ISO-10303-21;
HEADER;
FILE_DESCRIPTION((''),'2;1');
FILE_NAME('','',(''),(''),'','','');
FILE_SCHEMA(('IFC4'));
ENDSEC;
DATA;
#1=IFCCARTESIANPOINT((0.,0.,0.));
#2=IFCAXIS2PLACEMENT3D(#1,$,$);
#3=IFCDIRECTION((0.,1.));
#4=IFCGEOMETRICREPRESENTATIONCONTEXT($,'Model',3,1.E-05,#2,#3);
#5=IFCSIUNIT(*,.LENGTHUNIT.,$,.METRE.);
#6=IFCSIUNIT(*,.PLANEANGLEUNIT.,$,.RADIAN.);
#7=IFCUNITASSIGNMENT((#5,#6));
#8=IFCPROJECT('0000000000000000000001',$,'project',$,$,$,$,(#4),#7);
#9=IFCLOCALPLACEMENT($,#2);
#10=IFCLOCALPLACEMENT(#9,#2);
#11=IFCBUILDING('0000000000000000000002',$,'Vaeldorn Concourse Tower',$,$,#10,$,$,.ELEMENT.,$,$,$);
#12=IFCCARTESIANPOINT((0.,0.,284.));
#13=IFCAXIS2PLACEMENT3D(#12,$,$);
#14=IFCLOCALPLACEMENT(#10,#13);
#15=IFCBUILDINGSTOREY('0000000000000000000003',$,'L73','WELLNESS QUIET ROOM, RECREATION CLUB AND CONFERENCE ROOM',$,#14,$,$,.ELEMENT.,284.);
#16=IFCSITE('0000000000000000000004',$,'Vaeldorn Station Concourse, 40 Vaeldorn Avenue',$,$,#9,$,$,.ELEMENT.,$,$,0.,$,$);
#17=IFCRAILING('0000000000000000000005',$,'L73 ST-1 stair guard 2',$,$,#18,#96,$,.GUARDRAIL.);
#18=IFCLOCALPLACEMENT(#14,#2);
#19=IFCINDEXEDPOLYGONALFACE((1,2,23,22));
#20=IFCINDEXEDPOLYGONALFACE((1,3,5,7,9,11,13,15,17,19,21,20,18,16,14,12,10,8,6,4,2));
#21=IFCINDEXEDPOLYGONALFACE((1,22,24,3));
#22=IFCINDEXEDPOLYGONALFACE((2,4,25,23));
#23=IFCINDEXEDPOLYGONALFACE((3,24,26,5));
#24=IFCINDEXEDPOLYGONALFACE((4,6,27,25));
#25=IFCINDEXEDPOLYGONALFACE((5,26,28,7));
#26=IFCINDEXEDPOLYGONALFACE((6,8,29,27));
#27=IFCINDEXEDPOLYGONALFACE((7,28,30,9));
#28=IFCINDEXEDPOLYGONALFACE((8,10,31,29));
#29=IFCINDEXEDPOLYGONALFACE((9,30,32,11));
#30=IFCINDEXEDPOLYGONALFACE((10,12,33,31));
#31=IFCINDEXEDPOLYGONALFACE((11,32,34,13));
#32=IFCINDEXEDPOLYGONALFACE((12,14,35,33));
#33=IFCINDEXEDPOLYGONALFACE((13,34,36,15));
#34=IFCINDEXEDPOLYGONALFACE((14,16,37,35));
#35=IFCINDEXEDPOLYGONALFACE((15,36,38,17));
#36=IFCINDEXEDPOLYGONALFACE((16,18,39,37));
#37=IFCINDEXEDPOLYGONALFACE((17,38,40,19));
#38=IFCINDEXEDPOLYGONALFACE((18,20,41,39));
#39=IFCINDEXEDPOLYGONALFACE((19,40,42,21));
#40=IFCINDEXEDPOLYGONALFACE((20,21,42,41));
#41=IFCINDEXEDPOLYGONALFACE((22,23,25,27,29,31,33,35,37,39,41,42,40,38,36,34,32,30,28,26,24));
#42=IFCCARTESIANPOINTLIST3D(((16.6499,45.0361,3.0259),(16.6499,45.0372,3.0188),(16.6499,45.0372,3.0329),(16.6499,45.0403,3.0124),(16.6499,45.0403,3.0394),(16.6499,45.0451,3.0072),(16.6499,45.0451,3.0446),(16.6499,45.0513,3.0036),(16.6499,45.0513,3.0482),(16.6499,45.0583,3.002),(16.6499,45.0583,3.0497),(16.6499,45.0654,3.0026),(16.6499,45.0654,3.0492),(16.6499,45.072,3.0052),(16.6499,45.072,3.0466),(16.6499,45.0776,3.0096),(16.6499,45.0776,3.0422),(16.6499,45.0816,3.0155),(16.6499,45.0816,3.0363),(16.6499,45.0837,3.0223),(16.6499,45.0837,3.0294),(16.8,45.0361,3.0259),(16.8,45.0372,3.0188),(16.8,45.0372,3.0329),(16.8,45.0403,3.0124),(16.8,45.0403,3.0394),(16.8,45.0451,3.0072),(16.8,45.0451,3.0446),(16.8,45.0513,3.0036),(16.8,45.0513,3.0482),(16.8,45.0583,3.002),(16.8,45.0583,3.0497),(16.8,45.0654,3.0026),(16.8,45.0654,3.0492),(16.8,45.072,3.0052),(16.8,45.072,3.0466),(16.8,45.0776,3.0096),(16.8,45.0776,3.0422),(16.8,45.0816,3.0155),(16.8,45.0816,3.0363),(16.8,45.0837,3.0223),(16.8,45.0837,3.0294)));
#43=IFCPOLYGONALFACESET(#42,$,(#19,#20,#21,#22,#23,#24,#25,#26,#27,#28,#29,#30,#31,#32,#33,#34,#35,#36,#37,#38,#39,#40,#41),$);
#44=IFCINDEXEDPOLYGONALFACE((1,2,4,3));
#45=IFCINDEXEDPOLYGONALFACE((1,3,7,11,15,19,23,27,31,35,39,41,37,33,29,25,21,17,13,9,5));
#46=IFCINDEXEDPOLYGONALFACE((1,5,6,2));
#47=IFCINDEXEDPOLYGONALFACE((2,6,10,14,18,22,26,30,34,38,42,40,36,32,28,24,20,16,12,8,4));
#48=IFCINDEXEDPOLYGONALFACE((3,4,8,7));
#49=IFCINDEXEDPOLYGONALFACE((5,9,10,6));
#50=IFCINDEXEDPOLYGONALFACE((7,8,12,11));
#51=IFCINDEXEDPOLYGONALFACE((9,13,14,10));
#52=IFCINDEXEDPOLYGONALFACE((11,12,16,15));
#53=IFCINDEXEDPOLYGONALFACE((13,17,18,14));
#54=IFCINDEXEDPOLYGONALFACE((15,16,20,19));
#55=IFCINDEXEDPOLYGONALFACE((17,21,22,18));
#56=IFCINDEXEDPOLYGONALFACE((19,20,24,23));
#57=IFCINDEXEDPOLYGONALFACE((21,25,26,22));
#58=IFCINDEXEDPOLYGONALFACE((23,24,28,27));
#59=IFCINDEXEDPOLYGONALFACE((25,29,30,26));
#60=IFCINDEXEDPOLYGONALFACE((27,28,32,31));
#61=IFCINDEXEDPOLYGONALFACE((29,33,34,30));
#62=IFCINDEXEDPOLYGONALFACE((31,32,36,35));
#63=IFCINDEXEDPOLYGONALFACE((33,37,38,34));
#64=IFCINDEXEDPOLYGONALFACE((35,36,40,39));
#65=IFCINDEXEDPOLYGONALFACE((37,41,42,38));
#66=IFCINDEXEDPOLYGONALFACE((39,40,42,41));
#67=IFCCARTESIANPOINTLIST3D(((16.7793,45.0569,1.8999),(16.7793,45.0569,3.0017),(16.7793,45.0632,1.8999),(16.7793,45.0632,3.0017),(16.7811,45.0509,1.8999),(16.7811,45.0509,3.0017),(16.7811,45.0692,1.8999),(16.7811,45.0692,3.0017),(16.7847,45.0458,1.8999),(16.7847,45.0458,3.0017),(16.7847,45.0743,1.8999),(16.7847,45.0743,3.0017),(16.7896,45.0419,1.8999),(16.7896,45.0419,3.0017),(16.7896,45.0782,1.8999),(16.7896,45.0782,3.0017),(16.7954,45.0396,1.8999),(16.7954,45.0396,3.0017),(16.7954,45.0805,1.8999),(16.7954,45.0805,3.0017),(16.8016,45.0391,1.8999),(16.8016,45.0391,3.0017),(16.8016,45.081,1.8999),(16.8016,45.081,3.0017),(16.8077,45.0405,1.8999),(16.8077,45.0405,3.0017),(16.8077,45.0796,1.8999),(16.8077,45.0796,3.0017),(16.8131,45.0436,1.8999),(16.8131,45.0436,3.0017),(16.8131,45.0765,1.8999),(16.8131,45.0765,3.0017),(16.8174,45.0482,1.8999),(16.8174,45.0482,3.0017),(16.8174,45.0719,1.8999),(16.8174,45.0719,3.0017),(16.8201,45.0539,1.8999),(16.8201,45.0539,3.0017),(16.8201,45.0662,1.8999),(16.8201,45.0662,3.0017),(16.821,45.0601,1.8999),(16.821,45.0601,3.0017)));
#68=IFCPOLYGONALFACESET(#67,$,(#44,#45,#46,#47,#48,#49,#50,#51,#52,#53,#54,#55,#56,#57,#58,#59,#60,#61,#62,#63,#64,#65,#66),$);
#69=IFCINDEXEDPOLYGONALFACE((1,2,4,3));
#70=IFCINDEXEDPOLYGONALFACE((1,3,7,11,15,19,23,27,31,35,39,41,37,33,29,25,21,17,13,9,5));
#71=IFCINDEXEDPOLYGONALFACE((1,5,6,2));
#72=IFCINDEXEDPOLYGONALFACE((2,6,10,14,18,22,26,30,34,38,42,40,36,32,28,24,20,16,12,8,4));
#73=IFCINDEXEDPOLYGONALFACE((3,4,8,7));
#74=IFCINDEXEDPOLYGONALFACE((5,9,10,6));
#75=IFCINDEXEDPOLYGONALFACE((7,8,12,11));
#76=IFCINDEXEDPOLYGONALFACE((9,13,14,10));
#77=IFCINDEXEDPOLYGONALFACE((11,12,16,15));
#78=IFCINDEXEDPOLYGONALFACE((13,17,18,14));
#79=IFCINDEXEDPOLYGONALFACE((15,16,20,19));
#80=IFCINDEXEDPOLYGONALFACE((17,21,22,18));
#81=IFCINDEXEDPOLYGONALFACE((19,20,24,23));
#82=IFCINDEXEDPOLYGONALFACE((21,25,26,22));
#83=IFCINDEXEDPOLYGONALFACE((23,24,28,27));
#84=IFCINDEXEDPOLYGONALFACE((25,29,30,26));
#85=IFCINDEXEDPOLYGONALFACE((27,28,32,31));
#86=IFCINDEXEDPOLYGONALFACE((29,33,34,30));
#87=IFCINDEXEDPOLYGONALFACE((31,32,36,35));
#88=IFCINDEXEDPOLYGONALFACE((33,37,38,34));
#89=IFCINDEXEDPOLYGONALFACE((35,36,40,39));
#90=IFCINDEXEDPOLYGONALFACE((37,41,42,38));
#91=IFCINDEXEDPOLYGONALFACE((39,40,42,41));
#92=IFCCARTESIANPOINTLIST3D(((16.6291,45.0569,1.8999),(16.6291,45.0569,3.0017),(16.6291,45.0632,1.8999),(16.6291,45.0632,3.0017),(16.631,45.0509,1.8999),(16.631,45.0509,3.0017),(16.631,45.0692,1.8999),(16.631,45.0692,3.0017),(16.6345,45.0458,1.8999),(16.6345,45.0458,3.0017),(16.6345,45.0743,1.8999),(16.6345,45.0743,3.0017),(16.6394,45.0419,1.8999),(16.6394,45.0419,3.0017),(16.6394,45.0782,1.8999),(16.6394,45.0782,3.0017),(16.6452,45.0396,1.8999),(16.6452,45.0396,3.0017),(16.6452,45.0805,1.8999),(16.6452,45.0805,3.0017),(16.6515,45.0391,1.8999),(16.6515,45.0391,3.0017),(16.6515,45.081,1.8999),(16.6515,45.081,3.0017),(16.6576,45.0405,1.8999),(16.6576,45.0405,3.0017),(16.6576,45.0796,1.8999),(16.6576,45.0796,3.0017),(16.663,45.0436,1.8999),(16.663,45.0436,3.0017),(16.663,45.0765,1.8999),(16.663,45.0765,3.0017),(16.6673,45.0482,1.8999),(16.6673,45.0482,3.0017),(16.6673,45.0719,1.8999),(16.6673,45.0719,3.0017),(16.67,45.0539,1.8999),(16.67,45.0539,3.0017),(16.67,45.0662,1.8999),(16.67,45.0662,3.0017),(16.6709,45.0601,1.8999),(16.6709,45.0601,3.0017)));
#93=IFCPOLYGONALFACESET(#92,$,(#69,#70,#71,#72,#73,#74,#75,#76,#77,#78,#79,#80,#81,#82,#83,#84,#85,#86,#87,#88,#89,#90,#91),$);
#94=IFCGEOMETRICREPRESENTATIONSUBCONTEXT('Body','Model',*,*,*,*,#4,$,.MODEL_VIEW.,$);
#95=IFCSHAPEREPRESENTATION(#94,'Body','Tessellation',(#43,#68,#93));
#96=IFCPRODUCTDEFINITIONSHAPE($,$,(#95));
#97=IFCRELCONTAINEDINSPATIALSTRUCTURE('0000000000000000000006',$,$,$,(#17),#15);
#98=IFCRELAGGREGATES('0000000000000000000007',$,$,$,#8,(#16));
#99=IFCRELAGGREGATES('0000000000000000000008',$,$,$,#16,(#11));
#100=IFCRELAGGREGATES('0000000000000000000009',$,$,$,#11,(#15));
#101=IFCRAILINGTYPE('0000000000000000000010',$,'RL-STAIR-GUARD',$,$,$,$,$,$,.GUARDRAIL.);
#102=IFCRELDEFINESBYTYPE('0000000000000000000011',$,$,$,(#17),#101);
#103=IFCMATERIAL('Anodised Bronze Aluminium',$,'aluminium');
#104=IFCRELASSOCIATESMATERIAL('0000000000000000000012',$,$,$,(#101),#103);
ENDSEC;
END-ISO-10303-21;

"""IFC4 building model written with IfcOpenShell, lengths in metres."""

from ifc_helpers import new_model, si_unit, direction, frame, origin, origin_2d, place, context, subcontext, project, spatial, circle, extrude, material, type_object, element, save


model = new_model("IFC4")

# Units and contexts
model_context = context("Model", 3, precision=1e-05, world=origin(), true_north=direction((0.0, 1.0)))
body_context = subcontext(model_context, "Body", "Model", "MODEL_VIEW")
ifc_project = project(units=[si_unit("LENGTHUNIT", "METRE"), si_unit("PLANEANGLEUNIT", "RADIAN")], contexts=[model_context])

# Site, building, storey
site_placement = place(None, origin())
site = spatial("IfcSite", under=ifc_project, at=site_placement, Name="Vaeldorn Station Concourse, 40 Vaeldorn Avenue", CompositionType="ELEMENT", RefElevation=0.0)
building_placement = place(site_placement, origin())
building = spatial("IfcBuilding", under=site, at=building_placement, Name="Vaeldorn Concourse Tower", CompositionType="ELEMENT")
storey_placement = place(building_placement, frame((0.0, 0.0, 284.0)))
storey = spatial("IfcBuildingStorey", under=building, at=storey_placement, Name="L73", Description="WELLNESS QUIET ROOM, RECREATION CLUB AND CONFERENCE ROOM", CompositionType="ELEMENT", Elevation=284.0)

# Shared definitions
ifc_material_1 = material(Name="Anodised Bronze Aluminium", Category="aluminium")

# Railing
railing_type_1 = type_object("IfcRailingType", Name="RL-STAIR-GUARD", PredefinedType="GUARDRAIL", material=ifc_material_1)
railing_1_placement = place(storey_placement, frame((16.8, 45.0601, 1.8999)))
element("IfcRailing", 1, at=railing_1_placement, inside=storey, type_object=railing_type_1, Name="L73 ST-1 stair guard 2", PredefinedType="GUARDRAIL", context=body_context, shape_type="SweptSolid", body=[
    extrude(circle(Radius=0.0239, at=origin_2d()), frame((0.0, 0.0, 1.126), z_axis=(-1.0, 0.0, 0.0), x_axis=(0.0, -1.0, 0.0)), (0.0, 0.0, 1.0), 0.1501),
    extrude(circle(Radius=0.021, at=origin_2d()), origin(), (0.0, 0.0, 1.0), 1.1018),
    extrude(circle(Radius=0.021, at=origin_2d()), frame((-0.1501, 0.0, 0.0)), (0.0, 0.0, 1.0), 1.1018),
])

save(model, "model.ifc")
